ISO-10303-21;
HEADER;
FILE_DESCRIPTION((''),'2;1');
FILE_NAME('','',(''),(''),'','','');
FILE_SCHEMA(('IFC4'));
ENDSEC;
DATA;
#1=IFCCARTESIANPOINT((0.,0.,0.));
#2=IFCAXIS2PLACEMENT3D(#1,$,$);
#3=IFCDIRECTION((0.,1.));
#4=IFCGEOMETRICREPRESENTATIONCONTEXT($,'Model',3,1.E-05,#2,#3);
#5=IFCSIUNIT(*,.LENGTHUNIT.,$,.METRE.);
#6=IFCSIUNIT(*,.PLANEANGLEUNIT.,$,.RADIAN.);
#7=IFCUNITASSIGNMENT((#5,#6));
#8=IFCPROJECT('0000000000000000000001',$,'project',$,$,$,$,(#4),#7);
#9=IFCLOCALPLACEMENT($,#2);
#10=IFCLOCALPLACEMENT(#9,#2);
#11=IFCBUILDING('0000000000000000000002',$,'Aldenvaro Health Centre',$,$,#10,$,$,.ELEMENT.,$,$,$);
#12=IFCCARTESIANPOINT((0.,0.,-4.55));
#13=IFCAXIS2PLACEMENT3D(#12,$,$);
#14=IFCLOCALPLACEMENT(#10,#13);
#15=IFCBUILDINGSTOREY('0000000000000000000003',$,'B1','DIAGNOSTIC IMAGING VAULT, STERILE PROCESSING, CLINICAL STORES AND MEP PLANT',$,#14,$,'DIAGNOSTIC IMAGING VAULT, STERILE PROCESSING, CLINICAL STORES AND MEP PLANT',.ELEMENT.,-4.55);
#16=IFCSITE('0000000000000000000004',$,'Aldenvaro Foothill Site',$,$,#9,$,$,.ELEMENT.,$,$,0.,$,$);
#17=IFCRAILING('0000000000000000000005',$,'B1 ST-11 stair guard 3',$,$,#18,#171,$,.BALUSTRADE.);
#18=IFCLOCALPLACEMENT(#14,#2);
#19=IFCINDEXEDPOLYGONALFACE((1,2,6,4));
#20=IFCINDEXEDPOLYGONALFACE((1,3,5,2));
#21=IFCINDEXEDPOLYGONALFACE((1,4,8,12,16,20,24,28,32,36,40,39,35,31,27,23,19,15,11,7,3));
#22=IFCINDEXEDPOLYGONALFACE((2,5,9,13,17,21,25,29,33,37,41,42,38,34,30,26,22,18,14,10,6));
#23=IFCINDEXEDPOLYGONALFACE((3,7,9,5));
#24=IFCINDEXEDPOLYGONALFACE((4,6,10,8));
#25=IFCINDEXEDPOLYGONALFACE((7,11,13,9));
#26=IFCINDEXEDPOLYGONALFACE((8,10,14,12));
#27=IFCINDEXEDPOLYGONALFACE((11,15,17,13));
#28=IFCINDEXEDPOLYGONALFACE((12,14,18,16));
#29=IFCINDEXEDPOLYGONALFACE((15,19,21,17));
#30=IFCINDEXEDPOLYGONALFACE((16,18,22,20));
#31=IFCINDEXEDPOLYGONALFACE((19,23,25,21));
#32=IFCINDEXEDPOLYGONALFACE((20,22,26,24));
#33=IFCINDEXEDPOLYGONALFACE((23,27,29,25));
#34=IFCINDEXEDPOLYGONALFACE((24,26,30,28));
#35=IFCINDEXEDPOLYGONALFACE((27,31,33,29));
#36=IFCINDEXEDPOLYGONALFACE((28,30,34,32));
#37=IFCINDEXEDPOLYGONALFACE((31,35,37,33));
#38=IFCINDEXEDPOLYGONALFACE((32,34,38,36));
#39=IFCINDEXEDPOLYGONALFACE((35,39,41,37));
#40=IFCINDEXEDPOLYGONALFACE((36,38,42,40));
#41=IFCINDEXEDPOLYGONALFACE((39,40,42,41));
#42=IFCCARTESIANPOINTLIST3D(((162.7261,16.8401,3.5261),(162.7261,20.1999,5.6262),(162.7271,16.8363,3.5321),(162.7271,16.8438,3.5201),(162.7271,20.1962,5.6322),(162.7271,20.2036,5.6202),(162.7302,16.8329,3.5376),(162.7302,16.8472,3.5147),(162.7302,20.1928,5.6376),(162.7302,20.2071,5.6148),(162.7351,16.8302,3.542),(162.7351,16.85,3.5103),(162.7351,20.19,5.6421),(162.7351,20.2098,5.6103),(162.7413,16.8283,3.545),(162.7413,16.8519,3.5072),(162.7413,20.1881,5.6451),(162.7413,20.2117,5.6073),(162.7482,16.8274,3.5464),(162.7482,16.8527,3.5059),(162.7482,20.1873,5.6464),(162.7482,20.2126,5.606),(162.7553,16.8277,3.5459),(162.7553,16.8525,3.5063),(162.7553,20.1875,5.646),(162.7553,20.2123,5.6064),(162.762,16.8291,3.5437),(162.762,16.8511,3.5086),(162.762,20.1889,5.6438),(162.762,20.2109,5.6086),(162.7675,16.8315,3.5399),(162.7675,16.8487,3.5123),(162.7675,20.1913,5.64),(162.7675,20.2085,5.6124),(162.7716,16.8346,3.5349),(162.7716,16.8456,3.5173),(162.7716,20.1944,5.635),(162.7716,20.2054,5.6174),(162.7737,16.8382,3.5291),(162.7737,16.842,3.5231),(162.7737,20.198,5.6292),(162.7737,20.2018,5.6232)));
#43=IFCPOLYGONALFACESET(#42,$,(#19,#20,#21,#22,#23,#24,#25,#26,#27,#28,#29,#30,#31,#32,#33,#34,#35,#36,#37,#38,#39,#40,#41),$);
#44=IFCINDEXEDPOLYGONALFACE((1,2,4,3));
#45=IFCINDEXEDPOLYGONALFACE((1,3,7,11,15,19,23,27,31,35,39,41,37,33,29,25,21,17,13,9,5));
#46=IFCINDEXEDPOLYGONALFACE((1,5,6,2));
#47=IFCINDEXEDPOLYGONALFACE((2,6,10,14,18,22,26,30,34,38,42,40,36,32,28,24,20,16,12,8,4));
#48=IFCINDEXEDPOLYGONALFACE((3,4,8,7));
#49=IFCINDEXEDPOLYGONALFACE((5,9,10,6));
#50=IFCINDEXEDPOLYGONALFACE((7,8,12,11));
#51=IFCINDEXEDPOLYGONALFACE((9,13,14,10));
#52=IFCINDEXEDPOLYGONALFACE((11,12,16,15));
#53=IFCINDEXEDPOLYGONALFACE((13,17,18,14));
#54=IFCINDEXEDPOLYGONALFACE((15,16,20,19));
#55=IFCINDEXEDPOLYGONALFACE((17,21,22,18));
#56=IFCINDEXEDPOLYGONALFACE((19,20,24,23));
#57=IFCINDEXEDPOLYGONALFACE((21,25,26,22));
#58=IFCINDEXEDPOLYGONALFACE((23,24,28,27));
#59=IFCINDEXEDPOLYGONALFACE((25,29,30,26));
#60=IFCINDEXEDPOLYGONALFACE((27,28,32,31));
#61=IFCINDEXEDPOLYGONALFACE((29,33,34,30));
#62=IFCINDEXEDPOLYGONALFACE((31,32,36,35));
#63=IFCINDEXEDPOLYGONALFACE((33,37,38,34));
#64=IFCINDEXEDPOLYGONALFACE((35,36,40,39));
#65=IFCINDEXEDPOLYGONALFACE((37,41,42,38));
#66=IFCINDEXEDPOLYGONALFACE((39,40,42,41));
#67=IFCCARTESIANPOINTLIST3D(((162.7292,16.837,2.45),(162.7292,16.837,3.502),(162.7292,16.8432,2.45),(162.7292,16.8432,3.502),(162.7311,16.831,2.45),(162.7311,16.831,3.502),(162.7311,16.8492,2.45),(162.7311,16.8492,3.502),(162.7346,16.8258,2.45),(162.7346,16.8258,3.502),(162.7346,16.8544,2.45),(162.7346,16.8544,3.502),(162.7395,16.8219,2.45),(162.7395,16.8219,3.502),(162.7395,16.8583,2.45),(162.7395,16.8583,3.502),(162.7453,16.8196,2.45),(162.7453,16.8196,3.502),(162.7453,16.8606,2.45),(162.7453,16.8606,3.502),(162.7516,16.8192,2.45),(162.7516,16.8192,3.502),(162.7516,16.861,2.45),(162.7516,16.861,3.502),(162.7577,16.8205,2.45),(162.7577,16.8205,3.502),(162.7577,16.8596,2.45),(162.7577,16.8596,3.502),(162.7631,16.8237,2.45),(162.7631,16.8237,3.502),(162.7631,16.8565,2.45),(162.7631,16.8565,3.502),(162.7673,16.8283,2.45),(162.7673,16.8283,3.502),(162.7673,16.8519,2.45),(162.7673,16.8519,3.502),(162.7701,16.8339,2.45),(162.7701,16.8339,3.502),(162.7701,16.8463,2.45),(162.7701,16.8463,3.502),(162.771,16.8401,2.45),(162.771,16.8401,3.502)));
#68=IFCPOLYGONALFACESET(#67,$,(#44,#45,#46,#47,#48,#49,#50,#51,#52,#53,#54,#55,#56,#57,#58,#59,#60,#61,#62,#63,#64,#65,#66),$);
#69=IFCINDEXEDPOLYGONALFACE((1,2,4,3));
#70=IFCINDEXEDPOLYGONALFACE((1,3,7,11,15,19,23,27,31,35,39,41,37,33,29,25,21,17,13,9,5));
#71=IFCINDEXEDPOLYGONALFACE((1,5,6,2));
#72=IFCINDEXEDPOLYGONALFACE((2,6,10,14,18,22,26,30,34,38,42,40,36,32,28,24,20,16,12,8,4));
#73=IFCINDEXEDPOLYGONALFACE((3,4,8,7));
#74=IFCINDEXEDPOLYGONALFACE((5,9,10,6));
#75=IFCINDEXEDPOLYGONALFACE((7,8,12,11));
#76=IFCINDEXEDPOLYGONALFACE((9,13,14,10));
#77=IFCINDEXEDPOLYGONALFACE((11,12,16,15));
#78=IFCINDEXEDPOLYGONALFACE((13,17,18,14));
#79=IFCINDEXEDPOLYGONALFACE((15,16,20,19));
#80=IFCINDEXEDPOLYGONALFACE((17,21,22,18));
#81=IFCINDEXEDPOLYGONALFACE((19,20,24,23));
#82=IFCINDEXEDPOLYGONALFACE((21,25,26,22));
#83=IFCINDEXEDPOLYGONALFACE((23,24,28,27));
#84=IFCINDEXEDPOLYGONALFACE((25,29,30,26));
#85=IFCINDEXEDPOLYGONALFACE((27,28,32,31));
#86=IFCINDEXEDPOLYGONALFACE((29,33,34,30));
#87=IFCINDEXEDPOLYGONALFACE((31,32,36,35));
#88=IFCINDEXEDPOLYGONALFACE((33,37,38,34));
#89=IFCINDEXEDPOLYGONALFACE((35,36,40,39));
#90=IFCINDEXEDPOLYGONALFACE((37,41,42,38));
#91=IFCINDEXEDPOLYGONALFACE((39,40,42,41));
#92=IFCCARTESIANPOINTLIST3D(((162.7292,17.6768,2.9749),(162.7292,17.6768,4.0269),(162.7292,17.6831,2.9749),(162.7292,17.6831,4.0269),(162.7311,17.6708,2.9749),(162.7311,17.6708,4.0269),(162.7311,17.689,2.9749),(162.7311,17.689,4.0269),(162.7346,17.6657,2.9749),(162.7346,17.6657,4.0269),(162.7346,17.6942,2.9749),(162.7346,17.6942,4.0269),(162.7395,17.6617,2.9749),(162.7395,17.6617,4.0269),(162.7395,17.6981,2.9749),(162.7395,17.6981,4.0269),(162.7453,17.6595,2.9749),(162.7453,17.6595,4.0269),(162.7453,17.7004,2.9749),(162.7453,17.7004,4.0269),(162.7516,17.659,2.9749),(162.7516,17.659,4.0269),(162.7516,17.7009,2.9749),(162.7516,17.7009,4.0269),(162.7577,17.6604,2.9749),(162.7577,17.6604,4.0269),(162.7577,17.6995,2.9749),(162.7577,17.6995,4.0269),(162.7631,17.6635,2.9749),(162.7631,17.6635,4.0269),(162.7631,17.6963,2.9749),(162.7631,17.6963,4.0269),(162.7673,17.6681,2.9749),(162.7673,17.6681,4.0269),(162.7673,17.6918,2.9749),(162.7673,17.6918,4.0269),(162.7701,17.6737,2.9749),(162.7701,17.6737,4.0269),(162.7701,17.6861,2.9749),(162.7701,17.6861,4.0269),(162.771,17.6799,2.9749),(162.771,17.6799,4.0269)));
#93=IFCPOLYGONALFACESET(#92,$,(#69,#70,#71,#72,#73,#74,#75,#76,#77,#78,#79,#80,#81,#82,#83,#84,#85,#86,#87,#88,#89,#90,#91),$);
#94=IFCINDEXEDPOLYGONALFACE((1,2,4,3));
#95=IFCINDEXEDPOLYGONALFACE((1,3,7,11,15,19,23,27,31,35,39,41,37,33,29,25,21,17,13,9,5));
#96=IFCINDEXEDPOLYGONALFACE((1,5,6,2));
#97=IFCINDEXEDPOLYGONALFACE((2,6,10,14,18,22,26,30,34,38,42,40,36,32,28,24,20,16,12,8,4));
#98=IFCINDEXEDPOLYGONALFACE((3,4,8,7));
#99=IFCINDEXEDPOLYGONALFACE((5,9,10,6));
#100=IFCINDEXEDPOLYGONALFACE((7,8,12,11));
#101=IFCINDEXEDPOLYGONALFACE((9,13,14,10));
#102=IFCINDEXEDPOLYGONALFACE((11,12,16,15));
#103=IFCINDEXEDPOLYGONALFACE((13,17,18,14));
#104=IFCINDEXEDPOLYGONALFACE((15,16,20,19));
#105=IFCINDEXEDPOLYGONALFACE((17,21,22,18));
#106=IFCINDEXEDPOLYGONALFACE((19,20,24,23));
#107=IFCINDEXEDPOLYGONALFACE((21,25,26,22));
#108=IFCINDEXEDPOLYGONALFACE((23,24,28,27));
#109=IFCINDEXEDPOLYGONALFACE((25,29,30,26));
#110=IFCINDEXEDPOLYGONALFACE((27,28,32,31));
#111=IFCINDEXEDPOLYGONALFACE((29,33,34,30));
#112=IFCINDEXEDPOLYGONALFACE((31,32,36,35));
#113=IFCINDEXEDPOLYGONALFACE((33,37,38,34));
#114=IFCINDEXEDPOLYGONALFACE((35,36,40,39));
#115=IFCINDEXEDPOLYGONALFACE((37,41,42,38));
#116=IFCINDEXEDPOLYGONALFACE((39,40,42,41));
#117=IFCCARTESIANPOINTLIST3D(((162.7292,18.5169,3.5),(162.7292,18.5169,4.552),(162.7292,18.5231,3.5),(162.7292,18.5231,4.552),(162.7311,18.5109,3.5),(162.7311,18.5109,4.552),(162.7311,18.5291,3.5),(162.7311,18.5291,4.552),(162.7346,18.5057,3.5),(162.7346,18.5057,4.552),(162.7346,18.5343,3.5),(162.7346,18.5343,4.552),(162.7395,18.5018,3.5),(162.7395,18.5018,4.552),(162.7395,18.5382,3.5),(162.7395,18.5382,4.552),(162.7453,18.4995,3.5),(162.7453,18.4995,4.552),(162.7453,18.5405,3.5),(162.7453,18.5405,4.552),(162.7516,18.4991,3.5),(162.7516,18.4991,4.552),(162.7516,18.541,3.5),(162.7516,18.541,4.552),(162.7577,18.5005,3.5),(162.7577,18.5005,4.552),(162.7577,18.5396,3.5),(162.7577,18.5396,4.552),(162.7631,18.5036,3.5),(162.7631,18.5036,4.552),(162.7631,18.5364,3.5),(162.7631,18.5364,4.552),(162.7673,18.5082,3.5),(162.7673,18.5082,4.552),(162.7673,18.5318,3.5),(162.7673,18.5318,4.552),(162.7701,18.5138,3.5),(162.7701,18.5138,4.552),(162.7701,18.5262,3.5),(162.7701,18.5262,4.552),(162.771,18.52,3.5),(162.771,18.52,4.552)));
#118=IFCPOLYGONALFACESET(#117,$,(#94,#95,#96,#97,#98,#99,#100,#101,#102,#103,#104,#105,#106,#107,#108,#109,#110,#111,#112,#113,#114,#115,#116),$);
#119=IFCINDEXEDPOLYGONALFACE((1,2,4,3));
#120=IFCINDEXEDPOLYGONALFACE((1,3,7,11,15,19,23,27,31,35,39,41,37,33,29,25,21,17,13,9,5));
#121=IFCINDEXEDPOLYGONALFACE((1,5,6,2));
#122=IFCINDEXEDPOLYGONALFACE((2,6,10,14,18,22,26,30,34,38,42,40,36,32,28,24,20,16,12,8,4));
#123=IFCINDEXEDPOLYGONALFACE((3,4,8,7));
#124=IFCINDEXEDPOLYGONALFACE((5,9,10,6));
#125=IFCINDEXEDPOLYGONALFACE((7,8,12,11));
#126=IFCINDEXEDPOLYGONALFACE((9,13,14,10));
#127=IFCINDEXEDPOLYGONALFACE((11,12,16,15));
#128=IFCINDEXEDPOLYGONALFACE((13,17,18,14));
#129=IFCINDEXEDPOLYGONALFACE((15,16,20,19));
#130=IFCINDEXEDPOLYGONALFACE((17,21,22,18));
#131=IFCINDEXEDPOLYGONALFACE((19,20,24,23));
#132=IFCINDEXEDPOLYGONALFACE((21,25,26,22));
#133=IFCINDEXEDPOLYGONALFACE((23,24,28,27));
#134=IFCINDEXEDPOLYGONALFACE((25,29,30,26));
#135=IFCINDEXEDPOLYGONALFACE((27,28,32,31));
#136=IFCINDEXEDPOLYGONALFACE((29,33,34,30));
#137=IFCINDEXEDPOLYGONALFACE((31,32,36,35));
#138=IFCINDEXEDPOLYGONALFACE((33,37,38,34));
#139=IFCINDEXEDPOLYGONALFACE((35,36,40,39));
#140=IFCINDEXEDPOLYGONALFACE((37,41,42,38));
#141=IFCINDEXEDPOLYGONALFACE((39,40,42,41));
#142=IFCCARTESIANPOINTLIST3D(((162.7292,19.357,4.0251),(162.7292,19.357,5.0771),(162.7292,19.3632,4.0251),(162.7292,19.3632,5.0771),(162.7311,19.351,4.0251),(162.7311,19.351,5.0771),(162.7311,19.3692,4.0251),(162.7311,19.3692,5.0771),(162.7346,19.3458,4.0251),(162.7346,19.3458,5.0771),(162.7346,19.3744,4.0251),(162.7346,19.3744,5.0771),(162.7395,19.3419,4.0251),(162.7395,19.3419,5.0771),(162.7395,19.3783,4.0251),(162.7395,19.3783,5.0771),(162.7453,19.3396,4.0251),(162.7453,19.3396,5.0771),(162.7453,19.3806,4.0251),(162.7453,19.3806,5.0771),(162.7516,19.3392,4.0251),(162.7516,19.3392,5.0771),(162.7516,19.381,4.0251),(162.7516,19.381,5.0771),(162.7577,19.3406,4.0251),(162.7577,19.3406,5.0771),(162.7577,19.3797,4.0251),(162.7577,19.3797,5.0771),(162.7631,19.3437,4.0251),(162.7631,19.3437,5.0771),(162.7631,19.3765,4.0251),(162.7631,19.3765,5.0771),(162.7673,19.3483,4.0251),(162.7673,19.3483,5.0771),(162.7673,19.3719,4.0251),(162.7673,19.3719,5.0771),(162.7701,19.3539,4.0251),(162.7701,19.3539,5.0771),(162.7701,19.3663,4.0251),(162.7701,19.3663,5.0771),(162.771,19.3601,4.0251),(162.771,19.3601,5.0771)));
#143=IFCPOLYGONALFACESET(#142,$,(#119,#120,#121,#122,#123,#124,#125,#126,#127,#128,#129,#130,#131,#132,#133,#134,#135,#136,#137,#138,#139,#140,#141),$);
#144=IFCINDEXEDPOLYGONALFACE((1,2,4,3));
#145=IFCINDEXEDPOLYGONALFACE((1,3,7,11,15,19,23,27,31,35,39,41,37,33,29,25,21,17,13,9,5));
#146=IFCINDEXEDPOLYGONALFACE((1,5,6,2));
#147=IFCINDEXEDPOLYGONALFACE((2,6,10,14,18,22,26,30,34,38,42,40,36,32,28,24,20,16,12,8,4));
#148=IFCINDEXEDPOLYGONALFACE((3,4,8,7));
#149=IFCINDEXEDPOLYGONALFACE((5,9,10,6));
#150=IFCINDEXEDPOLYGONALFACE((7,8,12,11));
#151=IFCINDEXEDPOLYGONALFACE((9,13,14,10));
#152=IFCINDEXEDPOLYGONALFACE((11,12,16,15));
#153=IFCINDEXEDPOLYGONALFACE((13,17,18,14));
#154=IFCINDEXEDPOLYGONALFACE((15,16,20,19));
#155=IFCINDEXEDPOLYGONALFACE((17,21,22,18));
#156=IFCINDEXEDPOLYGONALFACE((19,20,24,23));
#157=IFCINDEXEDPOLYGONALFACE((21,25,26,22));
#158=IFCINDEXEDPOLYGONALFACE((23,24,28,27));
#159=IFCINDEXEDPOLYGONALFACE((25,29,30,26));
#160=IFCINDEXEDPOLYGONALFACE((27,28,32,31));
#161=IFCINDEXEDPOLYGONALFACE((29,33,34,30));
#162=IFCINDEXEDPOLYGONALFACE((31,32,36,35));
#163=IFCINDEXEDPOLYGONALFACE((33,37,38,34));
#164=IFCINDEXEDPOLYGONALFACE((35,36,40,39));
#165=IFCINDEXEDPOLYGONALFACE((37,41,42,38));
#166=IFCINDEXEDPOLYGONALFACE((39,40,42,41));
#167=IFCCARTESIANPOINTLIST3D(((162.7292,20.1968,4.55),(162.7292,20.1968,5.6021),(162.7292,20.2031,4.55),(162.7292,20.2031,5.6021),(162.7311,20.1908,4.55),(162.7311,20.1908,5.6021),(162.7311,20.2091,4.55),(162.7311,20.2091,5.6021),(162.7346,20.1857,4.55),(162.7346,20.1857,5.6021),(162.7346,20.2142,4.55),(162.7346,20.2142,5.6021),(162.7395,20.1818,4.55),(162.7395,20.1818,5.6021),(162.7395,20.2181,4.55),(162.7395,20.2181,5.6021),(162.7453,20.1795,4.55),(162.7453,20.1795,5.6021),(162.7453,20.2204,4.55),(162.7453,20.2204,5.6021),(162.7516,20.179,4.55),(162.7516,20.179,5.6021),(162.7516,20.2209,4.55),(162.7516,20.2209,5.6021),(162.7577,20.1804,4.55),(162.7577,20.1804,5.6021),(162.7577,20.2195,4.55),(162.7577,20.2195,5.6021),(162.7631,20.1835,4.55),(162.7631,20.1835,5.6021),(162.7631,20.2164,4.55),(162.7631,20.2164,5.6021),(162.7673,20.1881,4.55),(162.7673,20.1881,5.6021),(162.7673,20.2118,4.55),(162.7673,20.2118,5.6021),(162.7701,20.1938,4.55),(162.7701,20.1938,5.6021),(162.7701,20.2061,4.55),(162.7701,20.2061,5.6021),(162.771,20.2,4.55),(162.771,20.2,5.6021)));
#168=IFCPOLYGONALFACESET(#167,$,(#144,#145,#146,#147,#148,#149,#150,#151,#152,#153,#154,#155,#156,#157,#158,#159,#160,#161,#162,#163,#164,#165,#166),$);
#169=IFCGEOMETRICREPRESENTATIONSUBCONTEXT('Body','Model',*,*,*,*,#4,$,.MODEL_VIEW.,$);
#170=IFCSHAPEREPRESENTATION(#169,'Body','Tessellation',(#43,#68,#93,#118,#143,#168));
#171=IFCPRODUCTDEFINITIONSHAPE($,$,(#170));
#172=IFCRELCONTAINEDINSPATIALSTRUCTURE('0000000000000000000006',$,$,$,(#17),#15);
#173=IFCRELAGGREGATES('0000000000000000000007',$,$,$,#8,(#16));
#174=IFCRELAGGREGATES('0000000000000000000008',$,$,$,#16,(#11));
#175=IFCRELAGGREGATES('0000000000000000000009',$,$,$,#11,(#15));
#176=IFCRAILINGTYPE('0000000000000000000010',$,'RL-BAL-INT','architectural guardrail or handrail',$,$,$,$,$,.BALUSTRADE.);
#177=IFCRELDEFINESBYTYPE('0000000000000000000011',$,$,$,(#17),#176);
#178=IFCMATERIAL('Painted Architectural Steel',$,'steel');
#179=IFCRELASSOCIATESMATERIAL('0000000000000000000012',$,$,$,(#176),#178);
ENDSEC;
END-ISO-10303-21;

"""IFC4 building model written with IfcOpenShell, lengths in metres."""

from ifc_helpers import new_model, si_unit, direction, frame, origin, origin_2d, place, context, subcontext, project, spatial, circle, extrude, material, type_object, element, save


model = new_model("IFC4")

# Units and contexts
model_context = context("Model", 3, precision=1e-05, world=origin(), true_north=direction((0.0, 1.0)))
body_context = subcontext(model_context, "Body", "Model", "MODEL_VIEW")
ifc_project = project(units=[si_unit("LENGTHUNIT", "METRE"), si_unit("PLANEANGLEUNIT", "RADIAN")], contexts=[model_context])

# Site, building, storey
site_placement = place(None, origin())
site = spatial("IfcSite", under=ifc_project, at=site_placement, Name="Aldenvaro Foothill Site", CompositionType="ELEMENT", RefElevation=0.0)
building_placement = place(site_placement, origin())
building = spatial("IfcBuilding", under=site, at=building_placement, Name="Aldenvaro Health Centre", CompositionType="ELEMENT")
storey_placement = place(building_placement, frame((0.0, 0.0, -4.55)))
storey = spatial("IfcBuildingStorey", under=building, at=storey_placement, Name="B1", Description="DIAGNOSTIC IMAGING VAULT, STERILE PROCESSING, CLINICAL STORES AND MEP PLANT", LongName="DIAGNOSTIC IMAGING VAULT, STERILE PROCESSING, CLINICAL STORES AND MEP PLANT", CompositionType="ELEMENT", Elevation=-4.55)

# Railing
ifc_material_1 = material(Name="Painted Architectural Steel", Category="steel")
railing_type_1 = type_object("IfcRailingType", Name="RL-BAL-INT", Description="architectural guardrail or handrail", PredefinedType="BALUSTRADE", material=ifc_material_1)
railing_1_placement = place(storey_placement, frame((162.75, 16.8401, 2.45)))
element("IfcRailing", 1, at=railing_1_placement, inside=storey, type_object=railing_type_1, Name="B1 ST-11 stair guard 3", PredefinedType="BALUSTRADE", context=body_context, shape_type="SweptSolid", body=[
    extrude(circle(Radius=0.0239, at=origin_2d()), frame((0.0, 0.0, 1.0762), z_axis=(0.0, 0.847978, 0.530032), x_axis=(-1.0, 0.0, 0.0)), (0.0, 0.0, 1.0), 3.9622),
    extrude(circle(Radius=0.021, at=origin_2d()), origin(), (0.0, 0.0, 1.0), 1.052),
    extrude(circle(Radius=0.021, at=origin_2d()), frame((0.0, 0.8398, 0.5249)), (0.0, 0.0, 1.0), 1.052),
    extrude(circle(Radius=0.021, at=origin_2d()), frame((0.0, 1.6799, 1.05)), (0.0, 0.0, 1.0), 1.052),
    extrude(circle(Radius=0.021, at=origin_2d()), frame((0.0, 2.52, 1.5752)), (0.0, 0.0, 1.0), 1.052),
    extrude(circle(Radius=0.021, at=origin_2d()), frame((0.0, 3.3599, 2.1001)), (0.0, 0.0, 1.0), 1.052),
])

save(model, "model.ifc")
